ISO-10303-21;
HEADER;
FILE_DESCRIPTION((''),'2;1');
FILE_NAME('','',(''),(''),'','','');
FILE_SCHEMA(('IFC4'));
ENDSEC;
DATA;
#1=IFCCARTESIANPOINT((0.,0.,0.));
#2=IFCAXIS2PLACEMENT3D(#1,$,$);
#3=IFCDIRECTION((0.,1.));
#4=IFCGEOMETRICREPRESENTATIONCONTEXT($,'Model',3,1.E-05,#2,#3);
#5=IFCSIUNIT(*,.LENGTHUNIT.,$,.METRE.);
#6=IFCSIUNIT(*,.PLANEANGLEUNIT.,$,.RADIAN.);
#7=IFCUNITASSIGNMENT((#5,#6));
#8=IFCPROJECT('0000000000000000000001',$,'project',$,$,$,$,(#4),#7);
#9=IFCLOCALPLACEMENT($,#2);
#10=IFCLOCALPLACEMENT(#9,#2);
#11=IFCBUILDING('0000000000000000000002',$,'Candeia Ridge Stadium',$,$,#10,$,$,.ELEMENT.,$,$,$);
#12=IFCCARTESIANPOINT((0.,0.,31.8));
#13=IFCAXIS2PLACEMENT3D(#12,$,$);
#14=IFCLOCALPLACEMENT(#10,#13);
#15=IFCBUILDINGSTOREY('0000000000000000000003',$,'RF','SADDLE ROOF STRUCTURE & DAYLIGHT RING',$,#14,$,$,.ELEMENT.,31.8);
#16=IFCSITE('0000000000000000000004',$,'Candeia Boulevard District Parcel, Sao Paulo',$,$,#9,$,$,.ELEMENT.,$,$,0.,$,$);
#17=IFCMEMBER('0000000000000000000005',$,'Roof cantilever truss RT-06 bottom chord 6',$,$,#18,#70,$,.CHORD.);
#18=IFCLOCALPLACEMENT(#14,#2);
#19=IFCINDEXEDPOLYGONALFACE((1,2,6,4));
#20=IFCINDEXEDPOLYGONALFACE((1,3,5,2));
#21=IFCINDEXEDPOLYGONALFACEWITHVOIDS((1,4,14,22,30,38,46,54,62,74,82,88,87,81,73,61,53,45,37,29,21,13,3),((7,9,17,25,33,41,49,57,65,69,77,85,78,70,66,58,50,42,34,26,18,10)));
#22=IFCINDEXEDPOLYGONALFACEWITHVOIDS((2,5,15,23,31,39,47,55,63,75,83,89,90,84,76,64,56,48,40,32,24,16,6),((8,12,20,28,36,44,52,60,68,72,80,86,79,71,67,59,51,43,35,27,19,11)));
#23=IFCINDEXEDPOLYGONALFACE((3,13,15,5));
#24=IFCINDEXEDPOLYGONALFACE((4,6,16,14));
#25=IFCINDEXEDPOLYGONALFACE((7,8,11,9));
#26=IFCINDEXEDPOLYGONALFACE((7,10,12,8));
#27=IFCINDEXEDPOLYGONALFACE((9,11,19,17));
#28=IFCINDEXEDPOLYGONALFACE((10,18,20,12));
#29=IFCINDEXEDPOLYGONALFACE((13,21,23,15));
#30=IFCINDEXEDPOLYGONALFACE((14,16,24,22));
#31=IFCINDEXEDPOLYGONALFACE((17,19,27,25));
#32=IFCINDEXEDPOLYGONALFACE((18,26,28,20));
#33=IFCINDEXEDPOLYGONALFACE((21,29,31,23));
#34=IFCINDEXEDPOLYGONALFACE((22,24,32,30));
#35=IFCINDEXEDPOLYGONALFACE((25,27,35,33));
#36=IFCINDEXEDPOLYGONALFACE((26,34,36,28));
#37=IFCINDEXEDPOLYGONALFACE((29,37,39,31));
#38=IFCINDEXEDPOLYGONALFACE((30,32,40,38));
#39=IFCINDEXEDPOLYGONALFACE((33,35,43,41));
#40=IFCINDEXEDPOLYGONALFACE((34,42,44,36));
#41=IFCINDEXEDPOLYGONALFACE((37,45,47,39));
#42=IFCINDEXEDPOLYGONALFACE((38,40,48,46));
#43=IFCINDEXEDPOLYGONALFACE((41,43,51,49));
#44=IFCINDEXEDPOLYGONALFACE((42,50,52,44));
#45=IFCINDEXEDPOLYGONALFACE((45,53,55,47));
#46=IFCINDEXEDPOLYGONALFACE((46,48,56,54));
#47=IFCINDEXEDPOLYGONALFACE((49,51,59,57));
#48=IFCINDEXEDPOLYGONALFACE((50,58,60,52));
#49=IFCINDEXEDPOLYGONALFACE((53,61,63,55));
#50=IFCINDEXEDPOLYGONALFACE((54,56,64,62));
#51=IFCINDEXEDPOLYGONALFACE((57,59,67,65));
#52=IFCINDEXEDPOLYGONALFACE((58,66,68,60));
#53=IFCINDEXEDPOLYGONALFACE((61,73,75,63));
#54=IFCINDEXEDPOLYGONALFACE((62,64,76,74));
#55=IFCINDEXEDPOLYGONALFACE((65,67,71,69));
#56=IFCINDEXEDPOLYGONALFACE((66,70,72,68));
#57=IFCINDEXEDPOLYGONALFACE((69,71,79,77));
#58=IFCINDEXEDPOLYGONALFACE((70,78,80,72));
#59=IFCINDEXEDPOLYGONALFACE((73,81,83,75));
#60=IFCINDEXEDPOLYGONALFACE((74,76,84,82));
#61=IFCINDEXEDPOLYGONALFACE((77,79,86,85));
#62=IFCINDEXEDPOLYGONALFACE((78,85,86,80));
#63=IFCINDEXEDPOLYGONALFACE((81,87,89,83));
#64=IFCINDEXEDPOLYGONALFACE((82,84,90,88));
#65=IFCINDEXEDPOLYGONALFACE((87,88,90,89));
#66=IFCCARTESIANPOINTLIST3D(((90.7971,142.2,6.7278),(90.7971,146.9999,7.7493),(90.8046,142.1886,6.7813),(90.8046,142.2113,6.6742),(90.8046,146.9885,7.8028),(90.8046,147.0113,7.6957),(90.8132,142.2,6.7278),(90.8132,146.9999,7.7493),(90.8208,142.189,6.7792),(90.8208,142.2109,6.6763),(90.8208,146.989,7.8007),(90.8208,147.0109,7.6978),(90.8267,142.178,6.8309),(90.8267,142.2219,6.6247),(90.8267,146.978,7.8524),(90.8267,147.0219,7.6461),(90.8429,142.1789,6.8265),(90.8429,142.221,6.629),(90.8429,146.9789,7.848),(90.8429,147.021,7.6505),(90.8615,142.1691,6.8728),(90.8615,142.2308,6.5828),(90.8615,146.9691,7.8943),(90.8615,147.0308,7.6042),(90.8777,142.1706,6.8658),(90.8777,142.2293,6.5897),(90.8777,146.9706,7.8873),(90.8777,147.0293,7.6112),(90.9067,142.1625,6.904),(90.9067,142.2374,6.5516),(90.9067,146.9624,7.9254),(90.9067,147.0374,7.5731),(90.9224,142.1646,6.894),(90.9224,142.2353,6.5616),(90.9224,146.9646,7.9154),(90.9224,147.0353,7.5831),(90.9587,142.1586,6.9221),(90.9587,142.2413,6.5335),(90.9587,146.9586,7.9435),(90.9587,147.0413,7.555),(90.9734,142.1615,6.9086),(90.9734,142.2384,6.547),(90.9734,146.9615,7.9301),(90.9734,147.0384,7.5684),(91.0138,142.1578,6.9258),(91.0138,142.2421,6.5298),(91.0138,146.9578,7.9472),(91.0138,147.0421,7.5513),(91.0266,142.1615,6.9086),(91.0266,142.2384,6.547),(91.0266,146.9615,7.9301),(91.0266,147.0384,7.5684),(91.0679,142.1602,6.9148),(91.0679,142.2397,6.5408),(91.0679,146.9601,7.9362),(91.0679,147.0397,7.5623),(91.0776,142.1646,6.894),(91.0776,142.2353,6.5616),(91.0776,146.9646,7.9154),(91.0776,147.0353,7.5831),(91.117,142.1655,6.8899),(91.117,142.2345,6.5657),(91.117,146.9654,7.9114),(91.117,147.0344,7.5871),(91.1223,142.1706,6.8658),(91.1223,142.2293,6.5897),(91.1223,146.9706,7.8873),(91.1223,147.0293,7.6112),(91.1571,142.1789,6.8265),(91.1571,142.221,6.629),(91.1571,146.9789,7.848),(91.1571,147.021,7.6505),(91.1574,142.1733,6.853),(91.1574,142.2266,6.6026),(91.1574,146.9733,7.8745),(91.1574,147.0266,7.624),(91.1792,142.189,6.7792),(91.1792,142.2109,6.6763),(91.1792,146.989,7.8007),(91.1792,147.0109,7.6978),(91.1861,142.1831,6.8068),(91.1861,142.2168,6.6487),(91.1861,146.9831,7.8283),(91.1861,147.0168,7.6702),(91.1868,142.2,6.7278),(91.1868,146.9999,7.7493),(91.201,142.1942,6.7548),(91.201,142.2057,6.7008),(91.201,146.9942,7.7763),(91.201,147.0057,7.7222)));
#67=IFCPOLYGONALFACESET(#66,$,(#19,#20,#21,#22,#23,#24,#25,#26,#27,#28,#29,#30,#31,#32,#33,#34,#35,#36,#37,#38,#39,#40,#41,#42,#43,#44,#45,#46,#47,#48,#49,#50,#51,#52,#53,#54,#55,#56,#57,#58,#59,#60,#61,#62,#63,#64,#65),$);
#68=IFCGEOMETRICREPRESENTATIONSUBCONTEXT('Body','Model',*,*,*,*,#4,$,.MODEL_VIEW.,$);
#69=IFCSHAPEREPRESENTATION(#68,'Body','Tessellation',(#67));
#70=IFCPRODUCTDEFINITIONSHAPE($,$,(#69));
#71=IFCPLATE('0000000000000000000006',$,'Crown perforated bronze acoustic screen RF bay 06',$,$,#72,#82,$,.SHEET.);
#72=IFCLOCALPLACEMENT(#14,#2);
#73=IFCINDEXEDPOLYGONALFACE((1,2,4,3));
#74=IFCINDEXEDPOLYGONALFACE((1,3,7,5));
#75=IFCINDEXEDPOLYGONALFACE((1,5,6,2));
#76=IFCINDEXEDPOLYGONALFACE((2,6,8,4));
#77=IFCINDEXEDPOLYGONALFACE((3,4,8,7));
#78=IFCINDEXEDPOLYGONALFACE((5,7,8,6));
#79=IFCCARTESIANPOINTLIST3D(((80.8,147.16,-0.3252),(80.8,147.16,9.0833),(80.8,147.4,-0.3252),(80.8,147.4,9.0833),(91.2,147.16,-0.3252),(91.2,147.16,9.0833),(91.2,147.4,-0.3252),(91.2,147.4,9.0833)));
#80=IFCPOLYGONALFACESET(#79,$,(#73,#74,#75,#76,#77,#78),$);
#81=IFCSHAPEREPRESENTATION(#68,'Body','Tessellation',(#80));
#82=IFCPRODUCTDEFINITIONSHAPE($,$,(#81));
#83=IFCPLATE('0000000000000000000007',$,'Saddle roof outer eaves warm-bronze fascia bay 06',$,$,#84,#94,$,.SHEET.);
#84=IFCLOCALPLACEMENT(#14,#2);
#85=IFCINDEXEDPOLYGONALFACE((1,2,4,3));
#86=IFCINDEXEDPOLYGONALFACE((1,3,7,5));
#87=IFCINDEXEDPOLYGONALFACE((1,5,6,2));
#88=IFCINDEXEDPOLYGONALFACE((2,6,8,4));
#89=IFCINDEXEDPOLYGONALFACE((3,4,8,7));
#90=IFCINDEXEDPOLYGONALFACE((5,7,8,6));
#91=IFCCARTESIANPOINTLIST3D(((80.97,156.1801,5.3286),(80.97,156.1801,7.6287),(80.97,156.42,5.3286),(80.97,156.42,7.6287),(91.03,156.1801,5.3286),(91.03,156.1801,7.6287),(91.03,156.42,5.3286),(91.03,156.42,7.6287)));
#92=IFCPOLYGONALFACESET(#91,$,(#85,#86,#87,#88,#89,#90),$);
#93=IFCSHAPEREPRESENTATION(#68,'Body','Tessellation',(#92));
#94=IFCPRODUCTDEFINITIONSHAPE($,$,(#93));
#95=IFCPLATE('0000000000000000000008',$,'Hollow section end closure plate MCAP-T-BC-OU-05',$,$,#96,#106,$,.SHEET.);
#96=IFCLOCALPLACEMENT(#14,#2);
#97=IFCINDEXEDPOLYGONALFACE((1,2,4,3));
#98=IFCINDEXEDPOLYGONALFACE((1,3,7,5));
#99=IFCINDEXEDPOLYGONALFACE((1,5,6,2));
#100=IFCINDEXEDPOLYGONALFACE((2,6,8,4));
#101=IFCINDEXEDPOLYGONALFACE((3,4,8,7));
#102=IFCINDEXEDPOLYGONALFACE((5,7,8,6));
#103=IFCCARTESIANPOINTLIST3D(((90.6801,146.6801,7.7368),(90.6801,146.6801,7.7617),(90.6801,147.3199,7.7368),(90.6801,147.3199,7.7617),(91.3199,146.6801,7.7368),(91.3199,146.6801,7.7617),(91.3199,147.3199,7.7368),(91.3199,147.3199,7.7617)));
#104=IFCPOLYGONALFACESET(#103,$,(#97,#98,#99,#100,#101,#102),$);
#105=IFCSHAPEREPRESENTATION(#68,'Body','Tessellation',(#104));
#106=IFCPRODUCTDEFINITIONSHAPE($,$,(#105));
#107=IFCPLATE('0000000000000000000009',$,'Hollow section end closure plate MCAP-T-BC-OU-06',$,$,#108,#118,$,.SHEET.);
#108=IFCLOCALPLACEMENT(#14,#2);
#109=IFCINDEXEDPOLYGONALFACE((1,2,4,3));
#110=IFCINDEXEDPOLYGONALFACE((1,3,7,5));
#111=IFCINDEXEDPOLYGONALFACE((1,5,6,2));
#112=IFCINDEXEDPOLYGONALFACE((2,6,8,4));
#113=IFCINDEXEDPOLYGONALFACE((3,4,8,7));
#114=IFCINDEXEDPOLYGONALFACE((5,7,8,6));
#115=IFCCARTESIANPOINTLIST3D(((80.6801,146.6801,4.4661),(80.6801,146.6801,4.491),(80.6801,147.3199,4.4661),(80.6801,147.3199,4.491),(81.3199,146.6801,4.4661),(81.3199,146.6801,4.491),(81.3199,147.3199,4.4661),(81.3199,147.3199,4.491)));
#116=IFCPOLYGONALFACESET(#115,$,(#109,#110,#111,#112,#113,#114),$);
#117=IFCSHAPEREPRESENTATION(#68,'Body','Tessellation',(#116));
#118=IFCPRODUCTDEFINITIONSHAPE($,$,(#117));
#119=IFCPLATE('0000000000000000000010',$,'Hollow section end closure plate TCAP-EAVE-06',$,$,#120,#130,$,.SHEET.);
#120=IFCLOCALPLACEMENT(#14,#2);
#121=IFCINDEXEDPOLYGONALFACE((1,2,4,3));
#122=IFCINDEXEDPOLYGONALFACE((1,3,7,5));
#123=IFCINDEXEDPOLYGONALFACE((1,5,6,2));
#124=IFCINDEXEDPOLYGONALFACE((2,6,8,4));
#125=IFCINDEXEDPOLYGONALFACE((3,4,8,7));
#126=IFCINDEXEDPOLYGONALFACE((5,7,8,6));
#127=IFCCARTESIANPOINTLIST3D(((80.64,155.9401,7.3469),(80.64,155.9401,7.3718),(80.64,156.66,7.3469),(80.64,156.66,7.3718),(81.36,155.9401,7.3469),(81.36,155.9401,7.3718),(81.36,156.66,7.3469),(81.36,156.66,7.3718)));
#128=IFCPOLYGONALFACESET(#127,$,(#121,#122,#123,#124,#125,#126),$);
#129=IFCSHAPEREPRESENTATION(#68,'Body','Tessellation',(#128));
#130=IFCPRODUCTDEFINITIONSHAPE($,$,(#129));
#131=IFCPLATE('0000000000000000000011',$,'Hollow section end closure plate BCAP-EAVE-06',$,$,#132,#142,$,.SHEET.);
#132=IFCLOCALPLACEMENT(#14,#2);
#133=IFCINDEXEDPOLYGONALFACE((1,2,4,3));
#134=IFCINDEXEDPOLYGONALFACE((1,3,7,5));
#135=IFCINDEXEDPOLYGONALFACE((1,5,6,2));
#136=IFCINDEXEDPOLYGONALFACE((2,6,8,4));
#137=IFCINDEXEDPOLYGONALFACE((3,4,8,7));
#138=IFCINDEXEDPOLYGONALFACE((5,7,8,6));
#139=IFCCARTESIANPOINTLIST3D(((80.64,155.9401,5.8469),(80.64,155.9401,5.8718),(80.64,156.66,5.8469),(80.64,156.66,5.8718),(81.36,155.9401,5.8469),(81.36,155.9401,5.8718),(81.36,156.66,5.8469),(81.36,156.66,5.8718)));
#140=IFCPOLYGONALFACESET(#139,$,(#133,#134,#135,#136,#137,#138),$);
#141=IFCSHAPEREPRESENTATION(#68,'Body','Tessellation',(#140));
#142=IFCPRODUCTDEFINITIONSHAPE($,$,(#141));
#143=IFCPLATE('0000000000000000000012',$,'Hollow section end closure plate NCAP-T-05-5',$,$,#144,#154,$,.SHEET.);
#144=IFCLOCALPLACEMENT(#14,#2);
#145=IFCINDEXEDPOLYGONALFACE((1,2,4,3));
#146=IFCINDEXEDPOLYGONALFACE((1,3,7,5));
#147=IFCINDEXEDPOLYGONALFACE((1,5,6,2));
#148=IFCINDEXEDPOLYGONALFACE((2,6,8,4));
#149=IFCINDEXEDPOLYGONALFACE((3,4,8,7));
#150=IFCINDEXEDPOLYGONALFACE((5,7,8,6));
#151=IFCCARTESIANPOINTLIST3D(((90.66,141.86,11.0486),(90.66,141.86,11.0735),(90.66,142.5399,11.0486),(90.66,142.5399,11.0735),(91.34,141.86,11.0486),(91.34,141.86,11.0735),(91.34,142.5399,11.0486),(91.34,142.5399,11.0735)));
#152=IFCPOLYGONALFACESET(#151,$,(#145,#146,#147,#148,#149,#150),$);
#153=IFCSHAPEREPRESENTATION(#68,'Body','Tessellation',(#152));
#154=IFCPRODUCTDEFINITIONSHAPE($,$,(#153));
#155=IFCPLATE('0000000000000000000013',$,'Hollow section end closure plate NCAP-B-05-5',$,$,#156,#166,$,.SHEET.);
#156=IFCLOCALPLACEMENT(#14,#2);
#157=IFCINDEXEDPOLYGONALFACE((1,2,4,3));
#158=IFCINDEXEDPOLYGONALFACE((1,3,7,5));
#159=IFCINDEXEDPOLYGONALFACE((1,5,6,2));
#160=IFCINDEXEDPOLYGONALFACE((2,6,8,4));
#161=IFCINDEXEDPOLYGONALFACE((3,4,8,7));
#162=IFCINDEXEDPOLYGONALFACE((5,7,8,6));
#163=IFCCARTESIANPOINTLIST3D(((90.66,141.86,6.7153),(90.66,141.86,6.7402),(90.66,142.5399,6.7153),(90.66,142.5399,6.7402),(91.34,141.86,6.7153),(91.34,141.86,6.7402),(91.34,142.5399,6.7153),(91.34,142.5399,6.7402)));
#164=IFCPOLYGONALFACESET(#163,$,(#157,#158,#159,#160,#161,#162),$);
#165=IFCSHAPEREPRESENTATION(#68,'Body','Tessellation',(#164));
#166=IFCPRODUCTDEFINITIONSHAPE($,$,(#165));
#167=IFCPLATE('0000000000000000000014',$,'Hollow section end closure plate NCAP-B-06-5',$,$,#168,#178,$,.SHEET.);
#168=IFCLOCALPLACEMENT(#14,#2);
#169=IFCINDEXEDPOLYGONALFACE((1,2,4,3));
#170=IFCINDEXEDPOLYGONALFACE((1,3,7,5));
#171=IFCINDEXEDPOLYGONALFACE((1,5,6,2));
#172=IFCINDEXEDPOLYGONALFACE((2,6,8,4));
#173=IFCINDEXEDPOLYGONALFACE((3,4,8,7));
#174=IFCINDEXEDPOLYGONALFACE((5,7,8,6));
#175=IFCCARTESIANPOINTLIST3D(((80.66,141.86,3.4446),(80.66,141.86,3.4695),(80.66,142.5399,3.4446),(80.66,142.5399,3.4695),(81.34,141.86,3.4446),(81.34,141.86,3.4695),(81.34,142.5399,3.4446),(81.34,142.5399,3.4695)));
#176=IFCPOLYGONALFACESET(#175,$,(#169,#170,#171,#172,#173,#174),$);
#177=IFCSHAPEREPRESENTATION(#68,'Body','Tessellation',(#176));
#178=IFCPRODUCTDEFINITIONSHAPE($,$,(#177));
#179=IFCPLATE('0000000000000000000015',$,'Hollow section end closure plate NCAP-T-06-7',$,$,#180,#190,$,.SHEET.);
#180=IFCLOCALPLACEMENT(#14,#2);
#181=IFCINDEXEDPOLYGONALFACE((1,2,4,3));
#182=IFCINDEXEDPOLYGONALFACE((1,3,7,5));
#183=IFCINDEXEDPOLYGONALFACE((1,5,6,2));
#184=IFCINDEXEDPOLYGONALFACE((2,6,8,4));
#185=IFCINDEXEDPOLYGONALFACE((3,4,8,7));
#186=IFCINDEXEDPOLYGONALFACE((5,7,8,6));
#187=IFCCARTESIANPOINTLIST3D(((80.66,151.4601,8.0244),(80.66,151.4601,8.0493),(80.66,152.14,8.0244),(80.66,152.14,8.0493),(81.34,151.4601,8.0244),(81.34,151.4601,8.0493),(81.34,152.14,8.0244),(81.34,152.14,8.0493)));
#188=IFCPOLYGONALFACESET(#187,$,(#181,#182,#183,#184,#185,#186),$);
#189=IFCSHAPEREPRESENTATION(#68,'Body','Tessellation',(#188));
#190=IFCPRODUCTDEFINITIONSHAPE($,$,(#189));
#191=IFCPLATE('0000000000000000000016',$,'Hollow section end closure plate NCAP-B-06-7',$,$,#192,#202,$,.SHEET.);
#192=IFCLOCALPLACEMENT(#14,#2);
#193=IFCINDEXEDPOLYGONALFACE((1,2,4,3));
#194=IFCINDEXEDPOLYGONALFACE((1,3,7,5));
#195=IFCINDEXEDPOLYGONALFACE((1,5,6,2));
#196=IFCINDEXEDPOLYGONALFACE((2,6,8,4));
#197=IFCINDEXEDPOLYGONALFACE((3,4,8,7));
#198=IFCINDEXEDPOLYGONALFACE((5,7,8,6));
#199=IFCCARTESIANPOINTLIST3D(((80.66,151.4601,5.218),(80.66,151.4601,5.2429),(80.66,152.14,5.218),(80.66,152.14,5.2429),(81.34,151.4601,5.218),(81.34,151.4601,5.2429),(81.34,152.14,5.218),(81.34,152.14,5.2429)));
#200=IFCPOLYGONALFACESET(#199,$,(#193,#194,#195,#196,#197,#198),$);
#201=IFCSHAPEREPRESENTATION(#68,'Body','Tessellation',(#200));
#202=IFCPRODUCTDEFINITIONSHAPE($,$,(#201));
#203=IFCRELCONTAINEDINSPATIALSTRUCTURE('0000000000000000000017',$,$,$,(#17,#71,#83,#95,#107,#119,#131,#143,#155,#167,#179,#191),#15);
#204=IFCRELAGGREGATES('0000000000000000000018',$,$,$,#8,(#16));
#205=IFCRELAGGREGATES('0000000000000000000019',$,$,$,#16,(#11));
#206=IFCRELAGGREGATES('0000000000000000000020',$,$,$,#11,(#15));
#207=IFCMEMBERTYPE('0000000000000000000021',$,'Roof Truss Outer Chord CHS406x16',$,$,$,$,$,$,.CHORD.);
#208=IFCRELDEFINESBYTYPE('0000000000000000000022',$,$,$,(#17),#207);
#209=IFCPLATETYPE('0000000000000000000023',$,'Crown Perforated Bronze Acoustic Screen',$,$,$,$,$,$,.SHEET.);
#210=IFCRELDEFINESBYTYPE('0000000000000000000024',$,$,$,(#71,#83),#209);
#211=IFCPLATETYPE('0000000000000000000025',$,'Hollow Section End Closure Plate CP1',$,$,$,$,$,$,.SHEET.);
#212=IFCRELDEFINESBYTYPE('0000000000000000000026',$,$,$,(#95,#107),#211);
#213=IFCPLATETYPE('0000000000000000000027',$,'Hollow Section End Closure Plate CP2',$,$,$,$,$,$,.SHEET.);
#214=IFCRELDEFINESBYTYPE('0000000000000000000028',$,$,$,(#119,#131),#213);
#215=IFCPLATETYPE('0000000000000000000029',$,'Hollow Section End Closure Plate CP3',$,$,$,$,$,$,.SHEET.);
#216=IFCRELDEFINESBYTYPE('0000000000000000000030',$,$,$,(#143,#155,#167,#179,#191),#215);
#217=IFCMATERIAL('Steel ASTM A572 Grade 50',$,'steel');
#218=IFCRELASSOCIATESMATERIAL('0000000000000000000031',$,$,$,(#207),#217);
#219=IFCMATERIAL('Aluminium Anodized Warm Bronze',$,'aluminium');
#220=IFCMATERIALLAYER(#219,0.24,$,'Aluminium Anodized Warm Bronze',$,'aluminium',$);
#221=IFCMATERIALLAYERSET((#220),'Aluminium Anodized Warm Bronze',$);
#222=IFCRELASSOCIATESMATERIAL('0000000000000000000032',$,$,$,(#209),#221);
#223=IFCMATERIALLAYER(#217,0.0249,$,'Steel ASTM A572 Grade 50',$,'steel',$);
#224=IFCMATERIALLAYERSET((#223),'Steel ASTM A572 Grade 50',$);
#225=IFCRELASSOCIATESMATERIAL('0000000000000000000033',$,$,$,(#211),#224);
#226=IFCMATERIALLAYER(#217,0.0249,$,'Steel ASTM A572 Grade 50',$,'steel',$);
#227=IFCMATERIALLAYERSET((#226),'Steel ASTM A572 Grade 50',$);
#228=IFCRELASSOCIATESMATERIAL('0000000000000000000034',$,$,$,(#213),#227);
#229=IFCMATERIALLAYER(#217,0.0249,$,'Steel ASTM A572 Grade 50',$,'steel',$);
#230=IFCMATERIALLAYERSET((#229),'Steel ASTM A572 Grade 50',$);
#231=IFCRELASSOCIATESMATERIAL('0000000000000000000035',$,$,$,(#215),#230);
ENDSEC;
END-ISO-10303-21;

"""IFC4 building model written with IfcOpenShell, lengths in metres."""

from ifc_helpers import new_model, si_unit, direction, frame, origin, origin_2d, place, context, subcontext, project, spatial, rectangle, hollow_circle, extrude, material, layer, layer_set, material_profile, profile_set, type_object, element, save


model = new_model("IFC4")

# Units and contexts
model_context = context("Model", 3, precision=1e-05, world=origin(), true_north=direction((0.0, 1.0)))
body_context = subcontext(model_context, "Body", "Model", "MODEL_VIEW")
ifc_project = project(units=[si_unit("LENGTHUNIT", "METRE"), si_unit("PLANEANGLEUNIT", "RADIAN")], contexts=[model_context])

# Site, building, storey
site_placement = place(None, origin())
site = spatial("IfcSite", under=ifc_project, at=site_placement, Name="Candeia Boulevard District Parcel, Sao Paulo", CompositionType="ELEMENT", RefElevation=0.0)
building_placement = place(site_placement, origin())
building = spatial("IfcBuilding", under=site, at=building_placement, Name="Candeia Ridge Stadium", CompositionType="ELEMENT")
storey_placement = place(building_placement, frame((0.0, 0.0, 31.8)))
storey = spatial("IfcBuildingStorey", under=building, at=storey_placement, Name="RF", Description="SADDLE ROOF STRUCTURE & DAYLIGHT RING", CompositionType="ELEMENT", Elevation=31.8)

# Shared definitions
ifc_material_1 = material(Name="Steel ASTM A572 Grade 50", Category="steel")

# Member
ifc_material_profile_1 = material_profile(ifc_material_1, hollow_circle(Radius=0.2029, WallThickness=0.0161, at=origin_2d()), Name="CHS406x16", Category="steel")
ifc_profile_set_1 = profile_set([ifc_material_profile_1], Name="Steel ASTM A572 Grade 50")
member_type_1 = type_object("IfcMemberType", Name="Roof Truss Outer Chord CHS406x16", PredefinedType="CHORD", material=ifc_profile_set_1)
member_1_placement = place(storey_placement, frame((91.0, 142.2, 6.7278), z_axis=(0.0, 0.978098, 0.208146), x_axis=(-1.0, 0.0, 0.0)))
element("IfcMember", 1, at=member_1_placement, inside=storey, type_object=member_type_1, Name="Roof cantilever truss RT-06 bottom chord 6", PredefinedType="CHORD", context=body_context, shape_type="SweptSolid", body=[
    extrude(hollow_circle(Radius=0.2029, WallThickness=0.0161, at=origin_2d()), origin(), (0.0, 0.0, 1.0), 4.9075),
])

# Plates
ifc_material_2 = material(Name="Aluminium Anodized Warm Bronze", Category="aluminium")
ifc_layer_1 = layer(ifc_material_2, 0.24, Name="Aluminium Anodized Warm Bronze", Category="aluminium")
ifc_layer_set_1 = layer_set([ifc_layer_1], Name="Aluminium Anodized Warm Bronze")
plate_type_1 = type_object("IfcPlateType", Name="Crown Perforated Bronze Acoustic Screen", PredefinedType="SHEET", material=ifc_layer_set_1)
plate_1_placement = place(storey_placement, frame((86.0, 147.28, -0.3252), z_axis=(0.0, 0.0, 1.0), x_axis=(-1.0, 0.0, 0.0)))
element("IfcPlate", 2, at=plate_1_placement, inside=storey, type_object=plate_type_1, Name="Crown perforated bronze acoustic screen RF bay 06", PredefinedType="SHEET", context=body_context, shape_type="SweptSolid", body=[
    extrude(rectangle(XDim=10.3999, YDim=0.24, at=origin_2d()), origin(), (0.0, 0.0, 1.0), 9.4084),
])
plate_2_placement = place(storey_placement, frame((86.0, 156.3, 5.3286), z_axis=(0.0, 0.0, 1.0), x_axis=(-1.0, 0.0, 0.0)))
element("IfcPlate", 3, at=plate_2_placement, inside=storey, type_object=plate_type_1, Name="Saddle roof outer eaves warm-bronze fascia bay 06", PredefinedType="SHEET", context=body_context, shape_type="SweptSolid", body=[
    extrude(rectangle(XDim=10.0601, YDim=0.24, at=origin_2d()), origin(), (0.0, 0.0, 1.0), 2.3),
])
ifc_layer_2 = layer(ifc_material_1, 0.0249, Name="Steel ASTM A572 Grade 50", Category="steel")
ifc_layer_set_2 = layer_set([ifc_layer_2], Name="Steel ASTM A572 Grade 50")
plate_type_2 = type_object("IfcPlateType", Name="Hollow Section End Closure Plate CP1", PredefinedType="SHEET", material=ifc_layer_set_2)
for number, where, z_axis, x_axis, name in (
    (4, (91.0, 147.0, 7.7368), (0.0, 0.0, 1.0), (1.0, 0.0, 0.0), "Hollow section end closure plate MCAP-T-BC-OU-05"),
    (5, (81.0, 147.0, 4.4661), (0.0, 0.0, 1.0), (1.0, 0.0, 0.0), "Hollow section end closure plate MCAP-T-BC-OU-06"),
):
    element("IfcPlate", number, at=place(storey_placement, frame(where, z_axis=z_axis, x_axis=x_axis)), inside=storey, type_object=plate_type_2, Name=name, PredefinedType="SHEET", context=body_context, shape_type="SweptSolid", body=[
        extrude(rectangle(XDim=0.6399, YDim=0.6399, at=origin_2d()), origin(), (0.0, 0.0, 1.0), 0.0249),
    ])
ifc_layer_3 = layer(ifc_material_1, 0.0249, Name="Steel ASTM A572 Grade 50", Category="steel")
ifc_layer_set_3 = layer_set([ifc_layer_3], Name="Steel ASTM A572 Grade 50")
plate_type_3 = type_object("IfcPlateType", Name="Hollow Section End Closure Plate CP2", PredefinedType="SHEET", material=ifc_layer_set_3)
for number, where, z_axis, x_axis, name in (
    (6, (81.0, 156.3, 7.3469), (0.0, 0.0, 1.0), (1.0, 0.0, 0.0), "Hollow section end closure plate TCAP-EAVE-06"),
    (7, (81.0, 156.3, 5.8469), (0.0, 0.0, 1.0), (1.0, 0.0, 0.0), "Hollow section end closure plate BCAP-EAVE-06"),
):
    element("IfcPlate", number, at=place(storey_placement, frame(where, z_axis=z_axis, x_axis=x_axis)), inside=storey, type_object=plate_type_3, Name=name, PredefinedType="SHEET", context=body_context, shape_type="SweptSolid", body=[
        extrude(rectangle(XDim=0.72, YDim=0.72, at=origin_2d()), origin(), (0.0, 0.0, 1.0), 0.0249),
    ])
ifc_layer_4 = layer(ifc_material_1, 0.0249, Name="Steel ASTM A572 Grade 50", Category="steel")
ifc_layer_set_4 = layer_set([ifc_layer_4], Name="Steel ASTM A572 Grade 50")
plate_type_4 = type_object("IfcPlateType", Name="Hollow Section End Closure Plate CP3", PredefinedType="SHEET", material=ifc_layer_set_4)
for number, where, z_axis, x_axis, name in (
    (8, (91.0, 142.2, 11.0486), (0.0, 0.0, 1.0), (1.0, 0.0, 0.0), "Hollow section end closure plate NCAP-T-05-5"),
    (9, (91.0, 142.2, 6.7153), (0.0, 0.0, 1.0), (1.0, 0.0, 0.0), "Hollow section end closure plate NCAP-B-05-5"),
    (10, (81.0, 142.2, 3.4446), (0.0, 0.0, 1.0), (1.0, 0.0, 0.0), "Hollow section end closure plate NCAP-B-06-5"),
    (11, (81.0, 151.8, 8.0244), (0.0, 0.0, 1.0), (1.0, 0.0, 0.0), "Hollow section end closure plate NCAP-T-06-7"),
    (12, (81.0, 151.8, 5.218), (0.0, 0.0, 1.0), (1.0, 0.0, 0.0), "Hollow section end closure plate NCAP-B-06-7"),
):
    element("IfcPlate", number, at=place(storey_placement, frame(where, z_axis=z_axis, x_axis=x_axis)), inside=storey, type_object=plate_type_4, Name=name, PredefinedType="SHEET", context=body_context, shape_type="SweptSolid", body=[
        extrude(rectangle(XDim=0.6799, YDim=0.6799, at=origin_2d()), origin(), (0.0, 0.0, 1.0), 0.0249),
    ])

save(model, "model.ifc")
